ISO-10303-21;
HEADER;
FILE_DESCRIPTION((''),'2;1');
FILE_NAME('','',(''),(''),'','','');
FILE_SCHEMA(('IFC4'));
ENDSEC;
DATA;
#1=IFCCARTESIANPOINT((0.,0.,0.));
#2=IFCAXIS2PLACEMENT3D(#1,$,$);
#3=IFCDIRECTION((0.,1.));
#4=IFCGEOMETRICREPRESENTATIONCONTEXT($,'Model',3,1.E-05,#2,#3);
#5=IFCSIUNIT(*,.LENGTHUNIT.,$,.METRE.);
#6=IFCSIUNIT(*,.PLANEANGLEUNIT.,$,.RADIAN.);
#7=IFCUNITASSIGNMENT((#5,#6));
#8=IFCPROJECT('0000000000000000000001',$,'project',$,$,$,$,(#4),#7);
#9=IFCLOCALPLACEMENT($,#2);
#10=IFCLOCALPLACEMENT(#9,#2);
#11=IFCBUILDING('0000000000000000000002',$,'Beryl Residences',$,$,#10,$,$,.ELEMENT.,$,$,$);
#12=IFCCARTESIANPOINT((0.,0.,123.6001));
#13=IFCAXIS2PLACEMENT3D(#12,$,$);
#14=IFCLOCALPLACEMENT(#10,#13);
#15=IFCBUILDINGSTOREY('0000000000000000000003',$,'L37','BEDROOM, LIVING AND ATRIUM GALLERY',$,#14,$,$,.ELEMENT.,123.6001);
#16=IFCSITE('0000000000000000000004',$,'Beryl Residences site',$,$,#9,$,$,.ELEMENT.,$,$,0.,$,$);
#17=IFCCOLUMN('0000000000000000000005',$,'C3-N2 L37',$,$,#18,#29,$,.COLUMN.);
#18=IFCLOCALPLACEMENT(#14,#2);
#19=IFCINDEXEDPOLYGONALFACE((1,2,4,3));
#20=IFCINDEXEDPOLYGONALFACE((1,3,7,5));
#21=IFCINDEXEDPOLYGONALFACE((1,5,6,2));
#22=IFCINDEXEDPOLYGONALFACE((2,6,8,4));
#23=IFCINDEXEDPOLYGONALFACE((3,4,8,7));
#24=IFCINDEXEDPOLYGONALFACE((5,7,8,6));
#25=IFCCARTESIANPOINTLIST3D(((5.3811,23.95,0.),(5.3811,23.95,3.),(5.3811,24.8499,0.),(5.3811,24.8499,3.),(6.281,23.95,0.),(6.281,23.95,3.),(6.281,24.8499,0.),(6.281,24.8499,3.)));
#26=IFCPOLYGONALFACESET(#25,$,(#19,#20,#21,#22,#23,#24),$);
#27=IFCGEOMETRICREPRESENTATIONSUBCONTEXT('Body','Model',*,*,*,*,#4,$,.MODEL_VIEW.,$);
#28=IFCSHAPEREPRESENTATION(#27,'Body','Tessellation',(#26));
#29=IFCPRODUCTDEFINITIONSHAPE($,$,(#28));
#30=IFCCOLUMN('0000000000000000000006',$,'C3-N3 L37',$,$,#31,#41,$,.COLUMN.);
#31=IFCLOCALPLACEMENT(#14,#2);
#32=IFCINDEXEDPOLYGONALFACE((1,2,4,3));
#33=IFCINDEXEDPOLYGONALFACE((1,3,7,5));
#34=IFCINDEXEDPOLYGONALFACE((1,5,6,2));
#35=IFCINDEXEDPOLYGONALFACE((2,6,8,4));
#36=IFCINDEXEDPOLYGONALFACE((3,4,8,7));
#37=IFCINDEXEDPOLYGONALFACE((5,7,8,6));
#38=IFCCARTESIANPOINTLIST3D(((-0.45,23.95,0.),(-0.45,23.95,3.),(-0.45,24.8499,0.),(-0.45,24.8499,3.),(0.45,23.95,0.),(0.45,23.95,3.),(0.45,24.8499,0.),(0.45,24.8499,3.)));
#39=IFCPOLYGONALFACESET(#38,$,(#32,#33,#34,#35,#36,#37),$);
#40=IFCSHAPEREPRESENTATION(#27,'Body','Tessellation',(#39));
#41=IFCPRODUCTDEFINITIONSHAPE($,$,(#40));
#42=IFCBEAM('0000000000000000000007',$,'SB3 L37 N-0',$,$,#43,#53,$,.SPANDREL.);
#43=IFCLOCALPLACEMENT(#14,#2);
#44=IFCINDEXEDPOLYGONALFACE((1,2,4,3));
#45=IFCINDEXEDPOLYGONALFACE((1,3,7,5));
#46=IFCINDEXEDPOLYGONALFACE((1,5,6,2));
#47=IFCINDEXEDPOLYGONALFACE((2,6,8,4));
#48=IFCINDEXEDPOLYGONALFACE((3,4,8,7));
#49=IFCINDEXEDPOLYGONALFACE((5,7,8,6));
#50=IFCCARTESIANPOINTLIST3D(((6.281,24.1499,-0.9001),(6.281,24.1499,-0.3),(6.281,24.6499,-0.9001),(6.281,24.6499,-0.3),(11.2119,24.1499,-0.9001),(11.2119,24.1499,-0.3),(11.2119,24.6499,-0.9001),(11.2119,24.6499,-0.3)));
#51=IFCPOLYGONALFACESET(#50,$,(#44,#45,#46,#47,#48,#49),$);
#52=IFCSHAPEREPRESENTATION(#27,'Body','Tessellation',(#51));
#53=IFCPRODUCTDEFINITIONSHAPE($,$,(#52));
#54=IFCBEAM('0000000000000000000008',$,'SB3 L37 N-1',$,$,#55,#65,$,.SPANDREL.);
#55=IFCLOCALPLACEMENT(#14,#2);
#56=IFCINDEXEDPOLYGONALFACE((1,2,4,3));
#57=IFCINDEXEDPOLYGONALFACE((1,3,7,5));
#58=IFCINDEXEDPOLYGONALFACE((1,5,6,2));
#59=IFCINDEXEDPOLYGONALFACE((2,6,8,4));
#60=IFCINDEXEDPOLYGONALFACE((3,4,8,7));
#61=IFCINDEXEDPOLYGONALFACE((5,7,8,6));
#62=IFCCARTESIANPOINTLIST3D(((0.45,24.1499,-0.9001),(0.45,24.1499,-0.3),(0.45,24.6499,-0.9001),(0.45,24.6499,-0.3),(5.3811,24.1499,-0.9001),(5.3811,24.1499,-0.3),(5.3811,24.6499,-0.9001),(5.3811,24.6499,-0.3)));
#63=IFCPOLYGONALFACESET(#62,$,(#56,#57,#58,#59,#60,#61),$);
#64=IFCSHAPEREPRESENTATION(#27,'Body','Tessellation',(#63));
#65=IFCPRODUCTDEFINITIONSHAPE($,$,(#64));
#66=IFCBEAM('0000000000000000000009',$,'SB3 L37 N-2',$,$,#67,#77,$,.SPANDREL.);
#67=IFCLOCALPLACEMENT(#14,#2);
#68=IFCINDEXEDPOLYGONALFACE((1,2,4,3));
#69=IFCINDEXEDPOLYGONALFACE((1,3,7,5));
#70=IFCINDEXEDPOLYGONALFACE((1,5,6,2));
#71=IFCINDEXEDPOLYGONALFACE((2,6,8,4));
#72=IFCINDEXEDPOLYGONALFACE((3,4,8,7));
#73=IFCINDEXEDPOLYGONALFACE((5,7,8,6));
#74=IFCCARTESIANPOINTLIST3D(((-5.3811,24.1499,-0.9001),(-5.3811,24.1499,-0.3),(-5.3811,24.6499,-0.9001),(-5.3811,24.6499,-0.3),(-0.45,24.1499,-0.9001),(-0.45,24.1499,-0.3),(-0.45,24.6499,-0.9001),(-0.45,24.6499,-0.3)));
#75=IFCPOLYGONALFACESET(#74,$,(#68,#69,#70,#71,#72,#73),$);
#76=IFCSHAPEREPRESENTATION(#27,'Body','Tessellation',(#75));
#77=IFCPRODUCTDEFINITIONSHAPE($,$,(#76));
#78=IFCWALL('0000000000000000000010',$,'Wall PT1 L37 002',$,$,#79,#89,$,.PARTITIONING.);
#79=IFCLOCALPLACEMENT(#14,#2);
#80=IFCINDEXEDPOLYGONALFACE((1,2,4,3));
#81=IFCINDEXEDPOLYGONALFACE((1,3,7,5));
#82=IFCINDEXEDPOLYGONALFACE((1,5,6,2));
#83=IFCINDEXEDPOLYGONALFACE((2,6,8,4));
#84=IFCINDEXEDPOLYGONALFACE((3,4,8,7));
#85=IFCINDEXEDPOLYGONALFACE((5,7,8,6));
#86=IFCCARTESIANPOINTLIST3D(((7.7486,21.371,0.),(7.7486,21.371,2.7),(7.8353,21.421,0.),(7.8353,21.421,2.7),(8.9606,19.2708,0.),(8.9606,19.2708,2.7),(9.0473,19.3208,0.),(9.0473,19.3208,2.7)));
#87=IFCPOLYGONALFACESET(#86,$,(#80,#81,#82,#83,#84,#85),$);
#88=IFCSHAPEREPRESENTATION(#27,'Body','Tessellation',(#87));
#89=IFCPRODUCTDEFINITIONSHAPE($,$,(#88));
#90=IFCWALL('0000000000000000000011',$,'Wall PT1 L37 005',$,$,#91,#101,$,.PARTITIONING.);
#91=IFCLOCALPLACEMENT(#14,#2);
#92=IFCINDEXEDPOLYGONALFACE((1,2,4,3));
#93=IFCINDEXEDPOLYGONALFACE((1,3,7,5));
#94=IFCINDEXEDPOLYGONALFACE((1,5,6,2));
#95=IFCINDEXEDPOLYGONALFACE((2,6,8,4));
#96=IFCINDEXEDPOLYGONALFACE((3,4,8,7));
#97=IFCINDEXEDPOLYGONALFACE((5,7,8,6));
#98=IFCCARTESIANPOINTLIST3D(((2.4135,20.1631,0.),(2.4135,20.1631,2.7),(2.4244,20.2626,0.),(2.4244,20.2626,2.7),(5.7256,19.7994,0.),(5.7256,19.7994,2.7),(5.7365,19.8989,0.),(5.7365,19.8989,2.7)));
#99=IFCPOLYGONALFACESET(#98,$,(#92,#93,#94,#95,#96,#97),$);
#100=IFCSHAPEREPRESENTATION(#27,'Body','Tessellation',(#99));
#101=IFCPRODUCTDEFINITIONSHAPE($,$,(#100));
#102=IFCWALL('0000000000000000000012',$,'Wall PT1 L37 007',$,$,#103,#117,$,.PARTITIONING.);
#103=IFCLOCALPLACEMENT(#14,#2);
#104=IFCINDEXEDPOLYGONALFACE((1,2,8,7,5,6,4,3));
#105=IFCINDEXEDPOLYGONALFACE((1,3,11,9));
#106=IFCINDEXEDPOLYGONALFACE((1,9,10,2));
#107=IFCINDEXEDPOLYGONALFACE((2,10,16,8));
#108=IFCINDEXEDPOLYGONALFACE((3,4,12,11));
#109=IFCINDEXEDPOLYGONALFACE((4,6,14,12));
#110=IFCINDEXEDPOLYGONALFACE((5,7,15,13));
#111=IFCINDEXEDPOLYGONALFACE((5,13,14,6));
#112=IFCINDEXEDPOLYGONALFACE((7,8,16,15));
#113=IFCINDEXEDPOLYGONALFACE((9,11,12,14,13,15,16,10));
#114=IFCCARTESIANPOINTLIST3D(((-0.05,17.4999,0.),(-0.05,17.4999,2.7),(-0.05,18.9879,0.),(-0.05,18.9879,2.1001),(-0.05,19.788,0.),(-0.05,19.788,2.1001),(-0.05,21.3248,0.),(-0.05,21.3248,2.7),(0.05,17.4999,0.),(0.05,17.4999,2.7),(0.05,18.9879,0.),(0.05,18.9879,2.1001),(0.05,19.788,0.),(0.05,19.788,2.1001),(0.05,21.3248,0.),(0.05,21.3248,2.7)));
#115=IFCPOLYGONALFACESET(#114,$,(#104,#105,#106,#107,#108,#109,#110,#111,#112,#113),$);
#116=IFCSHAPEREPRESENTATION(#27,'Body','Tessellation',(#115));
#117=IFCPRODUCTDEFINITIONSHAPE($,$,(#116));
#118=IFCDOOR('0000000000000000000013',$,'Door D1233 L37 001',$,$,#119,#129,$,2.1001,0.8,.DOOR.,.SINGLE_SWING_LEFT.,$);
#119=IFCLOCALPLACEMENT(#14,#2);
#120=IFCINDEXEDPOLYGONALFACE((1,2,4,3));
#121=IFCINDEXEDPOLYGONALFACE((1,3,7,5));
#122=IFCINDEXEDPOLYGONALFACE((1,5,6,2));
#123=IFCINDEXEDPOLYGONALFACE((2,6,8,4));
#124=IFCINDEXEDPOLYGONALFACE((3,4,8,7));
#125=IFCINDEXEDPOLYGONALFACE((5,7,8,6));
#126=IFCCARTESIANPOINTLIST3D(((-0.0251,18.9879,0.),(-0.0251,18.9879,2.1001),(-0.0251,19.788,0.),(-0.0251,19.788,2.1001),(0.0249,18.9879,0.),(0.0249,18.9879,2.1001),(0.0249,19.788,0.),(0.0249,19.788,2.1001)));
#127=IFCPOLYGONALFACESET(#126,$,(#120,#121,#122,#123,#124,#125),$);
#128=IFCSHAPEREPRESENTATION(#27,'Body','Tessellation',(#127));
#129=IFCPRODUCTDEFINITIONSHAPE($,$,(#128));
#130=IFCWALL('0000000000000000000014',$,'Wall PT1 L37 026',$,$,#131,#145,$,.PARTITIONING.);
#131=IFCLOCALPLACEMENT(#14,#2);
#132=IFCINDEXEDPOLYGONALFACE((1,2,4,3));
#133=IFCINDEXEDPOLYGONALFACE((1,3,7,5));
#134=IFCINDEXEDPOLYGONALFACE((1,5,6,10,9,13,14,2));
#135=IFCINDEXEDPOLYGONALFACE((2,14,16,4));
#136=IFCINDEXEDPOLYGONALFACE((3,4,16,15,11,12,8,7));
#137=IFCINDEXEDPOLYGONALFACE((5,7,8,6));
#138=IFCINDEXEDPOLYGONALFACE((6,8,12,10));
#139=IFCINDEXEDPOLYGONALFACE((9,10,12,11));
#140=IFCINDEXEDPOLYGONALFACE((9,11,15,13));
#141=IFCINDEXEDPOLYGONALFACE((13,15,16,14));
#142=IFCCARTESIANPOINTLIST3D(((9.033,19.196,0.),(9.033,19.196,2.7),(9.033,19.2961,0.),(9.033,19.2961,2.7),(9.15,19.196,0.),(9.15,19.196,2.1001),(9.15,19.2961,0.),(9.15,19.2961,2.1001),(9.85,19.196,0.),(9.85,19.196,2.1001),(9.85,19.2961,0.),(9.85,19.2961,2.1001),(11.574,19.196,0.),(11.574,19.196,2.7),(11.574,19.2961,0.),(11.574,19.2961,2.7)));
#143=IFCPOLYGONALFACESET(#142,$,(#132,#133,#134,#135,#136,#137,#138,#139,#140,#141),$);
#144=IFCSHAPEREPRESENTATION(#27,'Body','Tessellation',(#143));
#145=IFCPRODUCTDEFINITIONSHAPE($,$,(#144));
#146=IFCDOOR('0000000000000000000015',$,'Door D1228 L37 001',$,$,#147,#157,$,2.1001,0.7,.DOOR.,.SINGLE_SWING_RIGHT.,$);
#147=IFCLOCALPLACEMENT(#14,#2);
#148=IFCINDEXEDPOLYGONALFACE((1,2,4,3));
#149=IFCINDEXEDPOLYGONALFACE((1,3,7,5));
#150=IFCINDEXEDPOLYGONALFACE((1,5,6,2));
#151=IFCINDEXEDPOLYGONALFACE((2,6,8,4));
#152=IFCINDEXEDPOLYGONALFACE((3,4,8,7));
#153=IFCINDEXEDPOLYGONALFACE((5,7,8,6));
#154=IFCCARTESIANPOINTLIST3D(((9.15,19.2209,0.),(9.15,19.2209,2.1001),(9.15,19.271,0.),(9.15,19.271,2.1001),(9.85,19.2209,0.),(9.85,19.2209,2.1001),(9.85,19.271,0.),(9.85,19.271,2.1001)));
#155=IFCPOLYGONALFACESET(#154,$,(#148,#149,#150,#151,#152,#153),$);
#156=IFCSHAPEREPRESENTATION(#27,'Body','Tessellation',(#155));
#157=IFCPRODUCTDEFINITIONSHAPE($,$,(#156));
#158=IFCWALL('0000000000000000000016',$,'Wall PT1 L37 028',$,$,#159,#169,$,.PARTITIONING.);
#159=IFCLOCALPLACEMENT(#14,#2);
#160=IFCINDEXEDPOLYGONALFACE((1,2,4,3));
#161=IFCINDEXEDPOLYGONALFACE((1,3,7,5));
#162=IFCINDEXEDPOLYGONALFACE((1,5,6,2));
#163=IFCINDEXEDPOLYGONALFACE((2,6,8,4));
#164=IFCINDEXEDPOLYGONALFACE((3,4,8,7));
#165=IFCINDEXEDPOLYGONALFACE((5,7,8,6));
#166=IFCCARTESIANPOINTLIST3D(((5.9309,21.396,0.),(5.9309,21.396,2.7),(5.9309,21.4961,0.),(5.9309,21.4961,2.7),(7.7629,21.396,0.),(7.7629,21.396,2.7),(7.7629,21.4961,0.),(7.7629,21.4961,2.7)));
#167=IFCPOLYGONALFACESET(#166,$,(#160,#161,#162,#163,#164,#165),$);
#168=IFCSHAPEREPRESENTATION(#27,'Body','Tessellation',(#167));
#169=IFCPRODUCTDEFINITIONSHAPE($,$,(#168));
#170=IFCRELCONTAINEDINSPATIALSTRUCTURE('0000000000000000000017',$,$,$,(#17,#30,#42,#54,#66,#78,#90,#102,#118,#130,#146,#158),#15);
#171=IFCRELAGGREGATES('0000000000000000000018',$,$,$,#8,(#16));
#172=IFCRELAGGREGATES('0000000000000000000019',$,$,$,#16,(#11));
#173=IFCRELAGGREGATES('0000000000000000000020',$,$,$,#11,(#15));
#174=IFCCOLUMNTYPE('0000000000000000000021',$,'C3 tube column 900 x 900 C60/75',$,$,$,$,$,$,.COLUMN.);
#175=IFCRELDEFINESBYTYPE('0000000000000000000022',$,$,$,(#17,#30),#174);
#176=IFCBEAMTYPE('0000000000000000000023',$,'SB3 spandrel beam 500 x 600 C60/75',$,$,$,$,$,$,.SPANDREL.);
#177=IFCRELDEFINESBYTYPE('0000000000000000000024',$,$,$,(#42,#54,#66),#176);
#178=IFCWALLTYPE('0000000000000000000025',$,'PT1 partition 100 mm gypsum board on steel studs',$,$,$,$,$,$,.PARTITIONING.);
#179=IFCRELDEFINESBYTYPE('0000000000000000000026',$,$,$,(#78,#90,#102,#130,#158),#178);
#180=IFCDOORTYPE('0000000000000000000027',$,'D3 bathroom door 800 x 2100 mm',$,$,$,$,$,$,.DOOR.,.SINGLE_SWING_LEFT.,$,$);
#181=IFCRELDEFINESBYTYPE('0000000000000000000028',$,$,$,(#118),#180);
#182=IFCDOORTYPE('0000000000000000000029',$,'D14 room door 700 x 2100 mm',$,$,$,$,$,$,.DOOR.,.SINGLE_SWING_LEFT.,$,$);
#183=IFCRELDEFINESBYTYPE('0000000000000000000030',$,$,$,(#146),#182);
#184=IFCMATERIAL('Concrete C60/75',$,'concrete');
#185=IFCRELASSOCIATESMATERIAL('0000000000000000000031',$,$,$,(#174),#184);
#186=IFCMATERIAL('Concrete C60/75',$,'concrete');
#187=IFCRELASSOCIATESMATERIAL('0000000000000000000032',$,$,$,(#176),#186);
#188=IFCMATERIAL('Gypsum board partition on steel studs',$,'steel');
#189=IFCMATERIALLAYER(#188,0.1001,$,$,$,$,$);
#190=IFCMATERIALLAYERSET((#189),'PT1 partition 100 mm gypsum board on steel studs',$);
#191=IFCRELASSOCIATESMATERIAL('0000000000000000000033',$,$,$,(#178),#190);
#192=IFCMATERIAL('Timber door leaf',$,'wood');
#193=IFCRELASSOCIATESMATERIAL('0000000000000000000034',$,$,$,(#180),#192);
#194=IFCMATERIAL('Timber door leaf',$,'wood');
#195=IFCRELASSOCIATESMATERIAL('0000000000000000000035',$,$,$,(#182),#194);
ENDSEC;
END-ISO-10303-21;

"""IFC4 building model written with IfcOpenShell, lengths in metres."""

from ifc_helpers import new_model, si_unit, direction, frame, frame_2d, origin, origin_2d, place, context, subcontext, project, spatial, rectangle, extrude, material, layer, layer_set, material_profile, profile_set, type_object, element, fill, save


model = new_model("IFC4")

# Units and contexts
model_context = context("Model", 3, precision=1e-05, world=origin(), true_north=direction((0.0, 1.0)))
body_context = subcontext(model_context, "Body", "Model", "MODEL_VIEW")
ifc_project = project(units=[si_unit("LENGTHUNIT", "METRE"), si_unit("PLANEANGLEUNIT", "RADIAN")], contexts=[model_context])

# Site, building, storey
site_placement = place(None, origin())
site = spatial("IfcSite", under=ifc_project, at=site_placement, Name="Beryl Residences site", CompositionType="ELEMENT", RefElevation=0.0)
building_placement = place(site_placement, origin())
building = spatial("IfcBuilding", under=site, at=building_placement, Name="Beryl Residences", CompositionType="ELEMENT")
storey_placement = place(building_placement, frame((0.0, 0.0, 123.6001)))
storey = spatial("IfcBuildingStorey", under=building, at=storey_placement, Name="L37", Description="BEDROOM, LIVING AND ATRIUM GALLERY", CompositionType="ELEMENT", Elevation=123.6001)

# Columns
ifc_material_1 = material(Name="Concrete C60/75", Category="concrete")
ifc_material_profile_1 = material_profile(ifc_material_1, rectangle(XDim=0.8999, YDim=0.8999, at=origin_2d()))
ifc_profile_set_1 = profile_set([ifc_material_profile_1], Name="Concrete C60/75")
column_type = type_object("IfcColumnType", Name="C3 tube column 900 x 900 C60/75", PredefinedType="COLUMN", material=ifc_profile_set_1)
for number, where, z_axis, x_axis, name in (
    (1, (5.8311, 24.3999, 0.0), (0.0, 0.0, 1.0), (-1.0, 0.0, 0.0), "C3-N2 L37"),
    (2, (0.0, 24.3999, 0.0), (0.0, 0.0, 1.0), (-1.0, 0.0, 0.0), "C3-N3 L37"),
):
    element("IfcColumn", number, at=place(storey_placement, frame(where, z_axis=z_axis, x_axis=x_axis)), inside=storey, type_object=column_type, Name=name, PredefinedType="COLUMN", context=body_context, shape_type="SweptSolid", body=[
        extrude(rectangle(XDim=0.8999, YDim=0.8999, at=origin_2d()), origin(), (0.0, 0.0, 1.0), 3.0),
    ])

# Beams
ifc_material_2 = material(Name="Concrete C60/75", Category="concrete")
ifc_material_profile_2 = material_profile(ifc_material_2, rectangle(XDim=0.5, YDim=0.6001, at=origin_2d()))
ifc_profile_set_2 = profile_set([ifc_material_profile_2], Name="Concrete C60/75")
beam_type = type_object("IfcBeamType", Name="SB3 spandrel beam 500 x 600 C60/75", PredefinedType="SPANDREL", material=ifc_profile_set_2)
beam_placement = place(storey_placement, frame((11.2119, 24.3999, -0.6001), z_axis=(-1.0, 0.0, 0.0), x_axis=(0.0, -1.0, 0.0)))
element("IfcBeam", 3, at=beam_placement, inside=storey, type_object=beam_type, Name="SB3 L37 N-0", PredefinedType="SPANDREL", context=body_context, shape_type="SweptSolid", body=[
    extrude(rectangle(XDim=0.5, YDim=0.6001, at=origin_2d()), origin(), (0.0, 0.0, 1.0), 4.9309),
])
for number, where, z_axis, x_axis, name in (
    (4, (5.3811, 24.3999, -0.6001), (-1.0, 0.0, 0.0), (0.0, -1.0, 0.0), "SB3 L37 N-1"),
    (5, (-0.45, 24.3999, -0.6001), (-1.0, 0.0, 0.0), (0.0, -1.0, 0.0), "SB3 L37 N-2"),
):
    element("IfcBeam", number, at=place(storey_placement, frame(where, z_axis=z_axis, x_axis=x_axis)), inside=storey, type_object=beam_type, Name=name, PredefinedType="SPANDREL", context=body_context, shape_type="SweptSolid", body=[
        extrude(rectangle(XDim=0.5, YDim=0.6001, at=origin_2d()), origin(), (0.0, 0.0, 1.0), 4.9312),
    ])

# Walls
ifc_material_3 = material(Name="Gypsum board partition on steel studs", Category="steel")
ifc_layer_1 = layer(ifc_material_3, 0.1001)
ifc_layer_set_1 = layer_set([ifc_layer_1], Name="PT1 partition 100 mm gypsum board on steel studs")
wall_type_1 = type_object("IfcWallType", Name="PT1 partition 100 mm gypsum board on steel studs", PredefinedType="PARTITIONING", material=ifc_layer_set_1)
wall_1_placement = place(storey_placement, frame((7.792, 21.396, 0.0), z_axis=(0.0, 0.0, 1.0), x_axis=(0.499821, -0.866129, 0.0)))
element("IfcWall", 6, at=wall_1_placement, inside=storey, type_object=wall_type_1, Name="Wall PT1 L37 002", PredefinedType="PARTITIONING", context=body_context, shape_type="SweptSolid", body=[
    extrude(rectangle(XDim=2.4248, YDim=0.1001, at=frame_2d((1.2124, 0.0))), origin(), (0.0, 0.0, 1.0), 2.7),
])
wall_2_placement = place(storey_placement, frame((2.4189, 20.2129, 0.0), z_axis=(0.0, 0.0, 1.0), x_axis=(0.994022, -0.109177, 0.0)))
element("IfcWall", 7, at=wall_2_placement, inside=storey, type_object=wall_type_1, Name="Wall PT1 L37 005", PredefinedType="PARTITIONING", context=body_context, shape_type="SweptSolid", body=[
    extrude(rectangle(XDim=3.332, YDim=0.1001, at=frame_2d((1.666, 0.0))), origin(), (0.0, 0.0, 1.0), 2.7),
])

# Walls, openings, doors
wall_3_placement = place(storey_placement, frame((0.0, 21.325, 0.0), z_axis=(0.0, 0.0, 1.0), x_axis=(0.0, -1.0, 0.0)))
wall_3 = element("IfcWall", 8, at=wall_3_placement, inside=storey, type_object=wall_type_1, Name="Wall PT1 L37 007", PredefinedType="PARTITIONING", context=body_context, shape_type="SweptSolid", body=[
    extrude(rectangle(XDim=3.825, YDim=0.1001, at=frame_2d((1.9126, 0.0))), origin(), (0.0, 0.0, 1.0), 2.7),
])
opening_1_placement = place(wall_3_placement, frame((1.5371, 0.0, 0.0)))
opening_1 = element("IfcOpeningElement", 9, at=opening_1_placement, cuts=wall_3, PredefinedType="OPENING", context=body_context, shape_type="SweptSolid", body=[
    extrude(rectangle(XDim=0.8, YDim=2.1001, at=frame_2d((0.3999, 1.05))), frame((0.0, 0.0601, 0.0), z_axis=(0.0, -1.0, 0.0), x_axis=(1.0, 0.0, 0.0)), (0.0, 0.0, 1.0), 0.1201),
])
ifc_material_4 = material(Name="Timber door leaf", Category="wood")
door_type_1 = type_object("IfcDoorType", Name="D3 bathroom door 800 x 2100 mm", OperationType="SINGLE_SWING_LEFT", PredefinedType="DOOR", material=ifc_material_4)
door_1_placement = place(opening_1_placement, origin())
door_1 = element("IfcDoor", 10, at=door_1_placement, inside=storey, type_object=door_type_1, Name="Door D1233 L37 001", OperationType="SINGLE_SWING_LEFT", OverallHeight=2.1001, OverallWidth=0.8, PredefinedType="DOOR", context=body_context, shape_type="SweptSolid", body=[
    extrude(rectangle(XDim=0.8, YDim=2.1001, at=frame_2d((0.3999, 1.05))), frame((0.0, 0.0249, 0.0), z_axis=(0.0, -1.0, 0.0), x_axis=(1.0, 0.0, 0.0)), (0.0, 0.0, 1.0), 0.05),
])
fill(opening_1, door_1)
wall_4_placement = place(storey_placement, frame((9.033, 19.2461, 0.0), z_axis=(0.0, 0.0, 1.0), x_axis=(1.0, 0.0, 0.0)))
wall_4 = element("IfcWall", 11, at=wall_4_placement, inside=storey, type_object=wall_type_1, Name="Wall PT1 L37 026", PredefinedType="PARTITIONING", context=body_context, shape_type="SweptSolid", body=[
    extrude(rectangle(XDim=2.541, YDim=0.1001, at=frame_2d((1.2705, 0.0))), origin(), (0.0, 0.0, 1.0), 2.7),
])
opening_2_placement = place(wall_4_placement, frame((0.1169, 0.0, 0.0)))
opening_2 = element("IfcOpeningElement", 12, at=opening_2_placement, cuts=wall_4, PredefinedType="OPENING", context=body_context, shape_type="SweptSolid", body=[
    extrude(rectangle(XDim=0.7, YDim=2.1001, at=frame_2d((0.3501, 1.05))), frame((0.0, 0.0601, 0.0), z_axis=(0.0, -1.0, 0.0), x_axis=(1.0, 0.0, 0.0)), (0.0, 0.0, 1.0), 0.1201),
])
ifc_material_5 = material(Name="Timber door leaf", Category="wood")
door_type_2 = type_object("IfcDoorType", Name="D14 room door 700 x 2100 mm", OperationType="SINGLE_SWING_LEFT", PredefinedType="DOOR", material=ifc_material_5)
door_2_placement = place(opening_2_placement, origin())
door_2 = element("IfcDoor", 13, at=door_2_placement, inside=storey, type_object=door_type_2, Name="Door D1228 L37 001", OperationType="SINGLE_SWING_RIGHT", OverallHeight=2.1001, OverallWidth=0.7, PredefinedType="DOOR", context=body_context, shape_type="SweptSolid", body=[
    extrude(rectangle(XDim=0.7, YDim=2.1001, at=frame_2d((0.3501, 1.05))), frame((0.0, 0.0249, 0.0), z_axis=(0.0, -1.0, 0.0), x_axis=(1.0, 0.0, 0.0)), (0.0, 0.0, 1.0), 0.05),
])
fill(opening_2, door_2)

# Wall
wall_5_placement = place(storey_placement, frame((5.9309, 21.446, 0.0), z_axis=(0.0, 0.0, 1.0), x_axis=(1.0, 0.0, 0.0)))
element("IfcWall", 14, at=wall_5_placement, inside=storey, type_object=wall_type_1, Name="Wall PT1 L37 028", PredefinedType="PARTITIONING", context=body_context, shape_type="SweptSolid", body=[
    extrude(rectangle(XDim=1.832, YDim=0.1001, at=frame_2d((0.916, 0.0))), origin(), (0.0, 0.0, 1.0), 2.7),
])

save(model, "model.ifc")
